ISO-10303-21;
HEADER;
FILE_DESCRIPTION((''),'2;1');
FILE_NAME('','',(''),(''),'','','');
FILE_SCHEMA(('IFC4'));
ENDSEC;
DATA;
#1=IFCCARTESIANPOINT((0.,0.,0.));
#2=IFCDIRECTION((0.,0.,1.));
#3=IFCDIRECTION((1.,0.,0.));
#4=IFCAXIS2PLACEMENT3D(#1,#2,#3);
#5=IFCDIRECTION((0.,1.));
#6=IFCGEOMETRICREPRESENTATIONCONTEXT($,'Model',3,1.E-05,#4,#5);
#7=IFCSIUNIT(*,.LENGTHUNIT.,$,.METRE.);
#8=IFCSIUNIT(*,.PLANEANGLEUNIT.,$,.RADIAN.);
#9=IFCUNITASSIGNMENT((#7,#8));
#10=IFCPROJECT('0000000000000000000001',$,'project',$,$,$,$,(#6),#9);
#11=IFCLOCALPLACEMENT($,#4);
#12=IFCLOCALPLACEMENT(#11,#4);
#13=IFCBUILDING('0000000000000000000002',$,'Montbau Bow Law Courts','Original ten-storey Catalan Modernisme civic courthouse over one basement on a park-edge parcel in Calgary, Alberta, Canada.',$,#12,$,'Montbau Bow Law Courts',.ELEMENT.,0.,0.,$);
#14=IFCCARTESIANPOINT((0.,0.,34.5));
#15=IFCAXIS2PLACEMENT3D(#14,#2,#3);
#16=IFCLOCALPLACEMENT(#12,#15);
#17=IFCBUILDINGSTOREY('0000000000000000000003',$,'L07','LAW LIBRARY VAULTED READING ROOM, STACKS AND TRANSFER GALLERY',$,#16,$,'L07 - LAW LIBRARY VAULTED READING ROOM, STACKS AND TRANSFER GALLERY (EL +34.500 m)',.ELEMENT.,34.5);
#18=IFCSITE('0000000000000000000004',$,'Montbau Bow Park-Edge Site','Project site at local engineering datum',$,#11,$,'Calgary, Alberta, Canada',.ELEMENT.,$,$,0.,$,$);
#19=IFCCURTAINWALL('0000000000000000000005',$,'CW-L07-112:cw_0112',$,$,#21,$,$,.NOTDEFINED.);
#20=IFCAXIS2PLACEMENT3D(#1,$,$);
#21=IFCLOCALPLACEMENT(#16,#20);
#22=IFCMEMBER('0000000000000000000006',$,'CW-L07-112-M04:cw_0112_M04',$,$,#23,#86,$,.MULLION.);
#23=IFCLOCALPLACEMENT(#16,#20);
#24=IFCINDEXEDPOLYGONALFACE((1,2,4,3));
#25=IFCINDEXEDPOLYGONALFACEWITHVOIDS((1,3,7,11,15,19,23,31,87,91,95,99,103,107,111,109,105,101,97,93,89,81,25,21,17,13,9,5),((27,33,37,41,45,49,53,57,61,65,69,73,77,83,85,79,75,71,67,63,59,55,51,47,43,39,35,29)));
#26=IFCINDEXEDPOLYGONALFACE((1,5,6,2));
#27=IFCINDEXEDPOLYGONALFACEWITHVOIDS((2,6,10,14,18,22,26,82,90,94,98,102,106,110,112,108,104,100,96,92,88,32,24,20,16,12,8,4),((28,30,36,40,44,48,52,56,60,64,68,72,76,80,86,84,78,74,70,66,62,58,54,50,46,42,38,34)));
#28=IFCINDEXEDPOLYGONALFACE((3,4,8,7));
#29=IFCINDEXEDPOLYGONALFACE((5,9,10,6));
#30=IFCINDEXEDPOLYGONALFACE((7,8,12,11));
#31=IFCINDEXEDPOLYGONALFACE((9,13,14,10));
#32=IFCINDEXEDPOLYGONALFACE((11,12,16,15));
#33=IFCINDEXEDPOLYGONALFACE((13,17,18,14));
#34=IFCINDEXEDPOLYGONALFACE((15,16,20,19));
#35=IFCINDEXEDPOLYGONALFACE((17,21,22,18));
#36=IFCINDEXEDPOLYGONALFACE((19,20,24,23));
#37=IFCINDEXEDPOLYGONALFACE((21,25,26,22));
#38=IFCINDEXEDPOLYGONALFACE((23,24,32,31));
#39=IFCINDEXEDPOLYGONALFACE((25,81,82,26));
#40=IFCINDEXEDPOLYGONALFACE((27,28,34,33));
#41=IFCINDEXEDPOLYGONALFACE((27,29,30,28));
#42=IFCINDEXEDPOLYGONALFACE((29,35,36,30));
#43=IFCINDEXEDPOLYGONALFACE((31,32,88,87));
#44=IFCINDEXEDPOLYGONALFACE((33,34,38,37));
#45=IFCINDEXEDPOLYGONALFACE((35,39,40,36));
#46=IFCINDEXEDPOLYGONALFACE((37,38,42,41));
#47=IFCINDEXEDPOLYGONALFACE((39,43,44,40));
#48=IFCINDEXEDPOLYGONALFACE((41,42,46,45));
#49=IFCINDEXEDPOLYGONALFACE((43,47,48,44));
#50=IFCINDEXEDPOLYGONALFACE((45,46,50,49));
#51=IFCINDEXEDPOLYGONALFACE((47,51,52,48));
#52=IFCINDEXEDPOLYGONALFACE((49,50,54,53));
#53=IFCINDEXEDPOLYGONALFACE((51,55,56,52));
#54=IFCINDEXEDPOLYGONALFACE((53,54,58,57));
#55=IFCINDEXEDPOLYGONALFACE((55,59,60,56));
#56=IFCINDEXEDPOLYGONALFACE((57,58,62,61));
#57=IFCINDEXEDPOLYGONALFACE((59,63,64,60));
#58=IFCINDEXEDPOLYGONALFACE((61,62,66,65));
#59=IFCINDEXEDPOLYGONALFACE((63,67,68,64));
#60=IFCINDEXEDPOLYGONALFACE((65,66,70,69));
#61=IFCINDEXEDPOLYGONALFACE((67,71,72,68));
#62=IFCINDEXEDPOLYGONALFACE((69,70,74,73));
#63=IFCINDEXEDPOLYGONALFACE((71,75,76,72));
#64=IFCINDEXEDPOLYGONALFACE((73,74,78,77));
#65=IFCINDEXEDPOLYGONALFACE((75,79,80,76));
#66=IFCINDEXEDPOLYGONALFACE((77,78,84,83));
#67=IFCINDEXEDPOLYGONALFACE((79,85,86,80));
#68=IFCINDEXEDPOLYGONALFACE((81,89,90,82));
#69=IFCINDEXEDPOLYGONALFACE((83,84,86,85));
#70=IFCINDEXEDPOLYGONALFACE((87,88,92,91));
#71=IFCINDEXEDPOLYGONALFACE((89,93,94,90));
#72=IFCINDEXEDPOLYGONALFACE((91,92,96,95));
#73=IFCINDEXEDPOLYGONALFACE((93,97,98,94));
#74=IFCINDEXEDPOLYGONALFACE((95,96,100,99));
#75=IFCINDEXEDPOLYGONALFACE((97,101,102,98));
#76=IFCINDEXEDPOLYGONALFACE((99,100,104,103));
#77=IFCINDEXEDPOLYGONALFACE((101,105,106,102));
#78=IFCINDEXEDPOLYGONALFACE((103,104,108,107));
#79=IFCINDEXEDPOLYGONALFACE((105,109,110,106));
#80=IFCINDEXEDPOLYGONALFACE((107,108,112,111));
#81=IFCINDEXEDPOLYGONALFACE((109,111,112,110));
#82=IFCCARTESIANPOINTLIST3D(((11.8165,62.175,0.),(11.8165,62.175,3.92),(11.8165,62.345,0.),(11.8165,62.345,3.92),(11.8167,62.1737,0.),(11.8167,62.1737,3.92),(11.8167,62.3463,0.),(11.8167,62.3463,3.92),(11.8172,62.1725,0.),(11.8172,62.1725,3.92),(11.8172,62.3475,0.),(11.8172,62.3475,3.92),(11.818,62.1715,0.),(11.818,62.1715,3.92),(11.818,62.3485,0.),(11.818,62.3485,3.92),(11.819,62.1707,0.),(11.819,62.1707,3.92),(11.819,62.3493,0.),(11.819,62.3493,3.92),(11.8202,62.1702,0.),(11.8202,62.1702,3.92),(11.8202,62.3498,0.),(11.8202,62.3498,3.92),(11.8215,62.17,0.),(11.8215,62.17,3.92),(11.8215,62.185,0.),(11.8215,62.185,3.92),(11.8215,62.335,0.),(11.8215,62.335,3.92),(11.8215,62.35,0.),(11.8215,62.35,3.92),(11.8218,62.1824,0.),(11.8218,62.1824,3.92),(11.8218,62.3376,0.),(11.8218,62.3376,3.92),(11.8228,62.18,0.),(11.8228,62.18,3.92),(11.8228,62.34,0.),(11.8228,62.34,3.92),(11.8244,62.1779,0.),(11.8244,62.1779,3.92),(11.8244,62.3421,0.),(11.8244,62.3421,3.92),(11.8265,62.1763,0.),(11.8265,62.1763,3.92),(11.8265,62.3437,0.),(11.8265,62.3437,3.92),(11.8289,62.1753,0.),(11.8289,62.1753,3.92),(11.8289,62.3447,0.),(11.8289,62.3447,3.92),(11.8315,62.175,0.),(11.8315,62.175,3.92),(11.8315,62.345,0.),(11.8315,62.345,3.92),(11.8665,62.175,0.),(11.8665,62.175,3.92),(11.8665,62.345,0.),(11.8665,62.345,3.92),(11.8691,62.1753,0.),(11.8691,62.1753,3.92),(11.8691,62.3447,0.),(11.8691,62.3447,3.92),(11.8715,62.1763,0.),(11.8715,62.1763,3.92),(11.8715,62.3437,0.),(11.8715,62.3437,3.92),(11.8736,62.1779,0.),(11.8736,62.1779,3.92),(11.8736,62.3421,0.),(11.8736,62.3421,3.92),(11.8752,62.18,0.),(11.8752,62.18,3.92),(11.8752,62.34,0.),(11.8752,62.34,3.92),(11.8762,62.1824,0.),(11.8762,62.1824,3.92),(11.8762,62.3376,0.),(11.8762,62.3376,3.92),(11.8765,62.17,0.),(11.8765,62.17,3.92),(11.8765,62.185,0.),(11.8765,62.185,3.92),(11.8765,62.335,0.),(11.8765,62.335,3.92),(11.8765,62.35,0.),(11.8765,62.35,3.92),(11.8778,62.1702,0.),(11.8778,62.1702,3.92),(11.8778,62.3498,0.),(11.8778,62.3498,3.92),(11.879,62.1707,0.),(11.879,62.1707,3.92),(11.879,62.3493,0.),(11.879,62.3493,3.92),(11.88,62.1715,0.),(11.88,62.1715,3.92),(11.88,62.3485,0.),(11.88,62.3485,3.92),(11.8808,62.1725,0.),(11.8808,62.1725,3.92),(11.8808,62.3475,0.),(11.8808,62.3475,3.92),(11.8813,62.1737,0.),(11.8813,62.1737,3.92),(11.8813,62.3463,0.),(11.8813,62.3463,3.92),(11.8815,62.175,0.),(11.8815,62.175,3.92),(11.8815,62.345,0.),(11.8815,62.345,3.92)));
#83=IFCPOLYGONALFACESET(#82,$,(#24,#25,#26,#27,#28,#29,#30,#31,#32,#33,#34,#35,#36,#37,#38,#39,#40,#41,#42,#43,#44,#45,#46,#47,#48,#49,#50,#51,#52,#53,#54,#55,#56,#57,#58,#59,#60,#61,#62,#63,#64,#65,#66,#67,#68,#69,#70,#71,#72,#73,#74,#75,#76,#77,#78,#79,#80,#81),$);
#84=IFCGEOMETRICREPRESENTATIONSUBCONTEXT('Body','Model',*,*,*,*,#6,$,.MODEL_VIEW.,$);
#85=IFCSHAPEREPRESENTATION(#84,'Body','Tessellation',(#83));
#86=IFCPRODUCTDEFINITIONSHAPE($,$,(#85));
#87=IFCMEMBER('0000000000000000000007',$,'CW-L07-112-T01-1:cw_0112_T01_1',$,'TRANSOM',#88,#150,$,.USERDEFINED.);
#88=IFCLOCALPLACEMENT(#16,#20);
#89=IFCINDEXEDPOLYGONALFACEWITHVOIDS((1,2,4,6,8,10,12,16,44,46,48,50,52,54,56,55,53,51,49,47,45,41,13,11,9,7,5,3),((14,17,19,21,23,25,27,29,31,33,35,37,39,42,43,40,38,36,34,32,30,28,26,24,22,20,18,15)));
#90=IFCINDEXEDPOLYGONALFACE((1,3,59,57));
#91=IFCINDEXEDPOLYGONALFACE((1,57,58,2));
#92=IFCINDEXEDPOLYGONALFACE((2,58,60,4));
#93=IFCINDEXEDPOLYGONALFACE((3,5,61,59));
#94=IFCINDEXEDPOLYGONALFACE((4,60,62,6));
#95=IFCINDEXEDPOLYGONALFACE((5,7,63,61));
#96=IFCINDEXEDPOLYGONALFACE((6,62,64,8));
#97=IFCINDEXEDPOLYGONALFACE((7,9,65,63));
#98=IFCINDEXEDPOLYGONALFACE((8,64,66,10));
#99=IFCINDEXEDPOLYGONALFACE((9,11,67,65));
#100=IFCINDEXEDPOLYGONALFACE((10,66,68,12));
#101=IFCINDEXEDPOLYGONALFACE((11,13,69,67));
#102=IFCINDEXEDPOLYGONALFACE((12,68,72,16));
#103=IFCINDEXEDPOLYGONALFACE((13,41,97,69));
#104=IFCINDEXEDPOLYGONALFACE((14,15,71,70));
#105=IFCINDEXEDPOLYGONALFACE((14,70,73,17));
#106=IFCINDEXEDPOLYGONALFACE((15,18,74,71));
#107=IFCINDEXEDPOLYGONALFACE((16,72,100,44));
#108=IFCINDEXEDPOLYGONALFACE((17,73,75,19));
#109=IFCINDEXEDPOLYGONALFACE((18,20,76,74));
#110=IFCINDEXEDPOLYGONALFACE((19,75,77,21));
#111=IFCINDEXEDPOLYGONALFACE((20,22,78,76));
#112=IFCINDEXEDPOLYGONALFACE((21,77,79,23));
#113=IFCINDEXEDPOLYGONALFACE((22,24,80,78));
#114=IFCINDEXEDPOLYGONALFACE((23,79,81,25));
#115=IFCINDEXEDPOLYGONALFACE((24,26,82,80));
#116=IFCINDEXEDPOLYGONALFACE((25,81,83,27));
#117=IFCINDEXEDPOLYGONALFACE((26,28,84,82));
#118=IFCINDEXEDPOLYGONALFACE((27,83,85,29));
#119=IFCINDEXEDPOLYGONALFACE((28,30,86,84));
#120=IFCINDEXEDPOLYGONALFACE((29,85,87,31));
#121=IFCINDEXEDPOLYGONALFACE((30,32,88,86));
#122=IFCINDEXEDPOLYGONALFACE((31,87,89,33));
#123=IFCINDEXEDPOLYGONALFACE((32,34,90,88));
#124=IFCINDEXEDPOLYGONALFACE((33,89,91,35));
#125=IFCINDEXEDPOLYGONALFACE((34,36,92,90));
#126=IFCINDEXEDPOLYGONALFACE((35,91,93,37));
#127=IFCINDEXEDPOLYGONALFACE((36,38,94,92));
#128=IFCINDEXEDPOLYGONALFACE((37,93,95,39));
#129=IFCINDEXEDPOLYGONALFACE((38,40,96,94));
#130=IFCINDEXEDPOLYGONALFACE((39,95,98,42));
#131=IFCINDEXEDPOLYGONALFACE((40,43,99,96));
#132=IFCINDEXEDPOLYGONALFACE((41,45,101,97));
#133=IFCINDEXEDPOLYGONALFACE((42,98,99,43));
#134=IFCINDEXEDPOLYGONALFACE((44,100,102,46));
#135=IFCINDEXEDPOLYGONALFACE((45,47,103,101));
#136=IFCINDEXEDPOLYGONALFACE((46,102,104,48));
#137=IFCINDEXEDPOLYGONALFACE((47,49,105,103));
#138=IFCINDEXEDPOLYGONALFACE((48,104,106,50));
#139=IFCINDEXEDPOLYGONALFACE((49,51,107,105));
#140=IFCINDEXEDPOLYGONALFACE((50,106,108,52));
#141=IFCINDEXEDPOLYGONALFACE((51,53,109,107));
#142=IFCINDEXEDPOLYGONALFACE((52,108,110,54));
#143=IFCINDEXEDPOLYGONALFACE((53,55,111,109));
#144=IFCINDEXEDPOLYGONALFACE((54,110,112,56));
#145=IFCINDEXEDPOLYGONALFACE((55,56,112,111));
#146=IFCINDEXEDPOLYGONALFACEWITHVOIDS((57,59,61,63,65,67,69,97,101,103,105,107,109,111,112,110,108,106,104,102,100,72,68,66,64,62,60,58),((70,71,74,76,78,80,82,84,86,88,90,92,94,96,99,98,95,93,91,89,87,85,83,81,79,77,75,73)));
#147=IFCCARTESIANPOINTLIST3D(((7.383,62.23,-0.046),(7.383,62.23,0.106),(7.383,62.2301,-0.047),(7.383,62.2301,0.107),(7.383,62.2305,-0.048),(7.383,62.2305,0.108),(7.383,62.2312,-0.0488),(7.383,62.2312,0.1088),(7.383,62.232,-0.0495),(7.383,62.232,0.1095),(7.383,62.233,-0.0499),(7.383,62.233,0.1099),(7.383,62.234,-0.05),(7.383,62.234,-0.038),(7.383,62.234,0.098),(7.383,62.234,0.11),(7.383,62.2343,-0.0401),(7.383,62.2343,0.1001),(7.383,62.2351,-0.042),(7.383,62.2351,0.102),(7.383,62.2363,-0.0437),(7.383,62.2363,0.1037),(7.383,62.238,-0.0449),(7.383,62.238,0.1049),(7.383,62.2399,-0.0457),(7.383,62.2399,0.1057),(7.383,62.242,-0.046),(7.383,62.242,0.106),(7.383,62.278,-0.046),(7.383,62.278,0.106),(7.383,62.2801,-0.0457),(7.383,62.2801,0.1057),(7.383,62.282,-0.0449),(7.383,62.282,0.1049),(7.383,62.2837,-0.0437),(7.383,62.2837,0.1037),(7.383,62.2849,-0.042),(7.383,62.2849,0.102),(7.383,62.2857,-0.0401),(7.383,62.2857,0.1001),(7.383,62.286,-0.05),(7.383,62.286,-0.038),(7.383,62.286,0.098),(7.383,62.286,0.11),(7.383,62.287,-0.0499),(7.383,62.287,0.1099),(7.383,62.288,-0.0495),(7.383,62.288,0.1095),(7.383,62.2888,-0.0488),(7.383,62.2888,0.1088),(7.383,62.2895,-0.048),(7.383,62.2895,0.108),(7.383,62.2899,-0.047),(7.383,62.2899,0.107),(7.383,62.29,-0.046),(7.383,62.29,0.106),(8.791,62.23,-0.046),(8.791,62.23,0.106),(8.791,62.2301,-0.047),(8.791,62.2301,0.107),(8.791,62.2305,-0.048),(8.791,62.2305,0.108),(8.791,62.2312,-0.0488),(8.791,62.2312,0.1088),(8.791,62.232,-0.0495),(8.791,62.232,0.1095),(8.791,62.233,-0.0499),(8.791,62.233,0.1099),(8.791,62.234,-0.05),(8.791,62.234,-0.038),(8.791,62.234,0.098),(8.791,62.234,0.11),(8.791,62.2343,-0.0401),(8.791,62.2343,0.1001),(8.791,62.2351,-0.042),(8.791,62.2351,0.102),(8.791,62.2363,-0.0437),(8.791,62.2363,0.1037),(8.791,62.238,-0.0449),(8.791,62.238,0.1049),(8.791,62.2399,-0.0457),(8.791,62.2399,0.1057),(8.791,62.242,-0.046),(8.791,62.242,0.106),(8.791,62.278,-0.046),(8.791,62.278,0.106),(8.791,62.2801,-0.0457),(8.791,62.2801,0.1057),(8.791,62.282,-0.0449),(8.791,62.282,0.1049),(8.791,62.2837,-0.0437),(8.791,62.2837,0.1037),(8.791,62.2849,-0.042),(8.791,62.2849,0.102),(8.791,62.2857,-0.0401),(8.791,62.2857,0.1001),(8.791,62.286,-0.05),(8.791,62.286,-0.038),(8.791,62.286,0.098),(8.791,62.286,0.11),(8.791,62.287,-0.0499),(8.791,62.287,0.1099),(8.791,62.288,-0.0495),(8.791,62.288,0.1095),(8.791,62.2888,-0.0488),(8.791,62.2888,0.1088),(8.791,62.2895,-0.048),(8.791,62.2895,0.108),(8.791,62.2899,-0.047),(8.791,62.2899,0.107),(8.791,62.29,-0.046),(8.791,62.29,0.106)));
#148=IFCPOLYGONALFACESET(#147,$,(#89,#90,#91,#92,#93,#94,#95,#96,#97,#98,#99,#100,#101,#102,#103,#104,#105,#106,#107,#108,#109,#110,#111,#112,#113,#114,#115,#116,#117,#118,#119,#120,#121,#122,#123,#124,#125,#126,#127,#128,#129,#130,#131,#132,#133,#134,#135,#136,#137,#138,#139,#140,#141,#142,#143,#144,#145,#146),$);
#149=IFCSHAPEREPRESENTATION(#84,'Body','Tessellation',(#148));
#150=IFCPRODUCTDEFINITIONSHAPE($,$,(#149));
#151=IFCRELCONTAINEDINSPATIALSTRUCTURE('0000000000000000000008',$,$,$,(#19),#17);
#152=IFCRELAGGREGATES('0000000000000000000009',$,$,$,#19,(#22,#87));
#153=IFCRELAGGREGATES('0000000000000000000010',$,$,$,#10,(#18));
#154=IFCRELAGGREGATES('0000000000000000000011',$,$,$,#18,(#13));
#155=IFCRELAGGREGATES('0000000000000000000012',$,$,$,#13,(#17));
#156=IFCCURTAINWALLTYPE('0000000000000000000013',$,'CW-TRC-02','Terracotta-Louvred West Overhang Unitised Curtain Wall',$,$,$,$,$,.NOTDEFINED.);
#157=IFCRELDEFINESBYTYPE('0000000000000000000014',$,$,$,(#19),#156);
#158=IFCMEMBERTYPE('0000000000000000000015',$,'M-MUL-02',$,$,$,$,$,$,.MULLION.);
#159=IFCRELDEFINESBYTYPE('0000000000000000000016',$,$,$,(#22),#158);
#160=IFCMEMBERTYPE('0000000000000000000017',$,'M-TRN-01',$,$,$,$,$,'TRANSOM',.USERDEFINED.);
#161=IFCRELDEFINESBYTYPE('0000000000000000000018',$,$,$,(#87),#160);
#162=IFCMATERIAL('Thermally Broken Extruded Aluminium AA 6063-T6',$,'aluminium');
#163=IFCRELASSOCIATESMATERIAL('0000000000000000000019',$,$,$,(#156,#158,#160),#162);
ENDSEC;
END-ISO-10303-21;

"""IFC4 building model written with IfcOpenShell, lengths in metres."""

from ifc_helpers import new_model, si_unit, direction, frame, origin_with_axes, origin_2d_with_axis, place, context, subcontext, project, spatial, hollow_rectangle, extrude, material, material_profile, profile_set, type_object, element, aggregate, save


model = new_model("IFC4")

# Units and contexts
model_context = context("Model", 3, precision=1e-05, world=origin_with_axes(), true_north=direction((0.0, 1.0)))
body_context = subcontext(model_context, "Body", "Model", "MODEL_VIEW")
ifc_project = project(units=[si_unit("LENGTHUNIT", "METRE"), si_unit("PLANEANGLEUNIT", "RADIAN")], contexts=[model_context])

# Site, building, storey
site_placement = place(None, origin_with_axes())
site = spatial("IfcSite", under=ifc_project, at=site_placement, Name="Montbau Bow Park-Edge Site", Description="Project site at local engineering datum", LongName="Calgary, Alberta, Canada", CompositionType="ELEMENT", RefElevation=0.0)
building_placement = place(site_placement, origin_with_axes())
building = spatial("IfcBuilding", under=site, at=building_placement, Name="Montbau Bow Law Courts", Description="Original ten-storey Catalan Modernisme civic courthouse over one basement on a park-edge parcel in Calgary, Alberta, Canada.", LongName="Montbau Bow Law Courts", CompositionType="ELEMENT", ElevationOfRefHeight=0.0, ElevationOfTerrain=0.0)
storey_placement = place(building_placement, frame((0.0, 0.0, 34.5), z_axis=(0.0, 0.0, 1.0), x_axis=(1.0, 0.0, 0.0)))
storey = spatial("IfcBuildingStorey", under=building, at=storey_placement, Name="L07", Description="LAW LIBRARY VAULTED READING ROOM, STACKS AND TRANSFER GALLERY", LongName="L07 - LAW LIBRARY VAULTED READING ROOM, STACKS AND TRANSFER GALLERY (EL +34.500 m)", CompositionType="ELEMENT", Elevation=34.5)

# Curtain wall, members
ifc_material_1 = material(Name="Thermally Broken Extruded Aluminium AA 6063-T6", Category="aluminium")
curtain_wall_type = type_object("IfcCurtainWallType", Name="CW-TRC-02", Description="Terracotta-Louvred West Overhang Unitised Curtain Wall", PredefinedType="NOTDEFINED", material=ifc_material_1)
curtain_wall_placement = place(None, frame((7.315, 62.26, 34.5), z_axis=(0.0, 0.0, 1.0), x_axis=(1.0, 0.0, 0.0)))
curtain_wall = element("IfcCurtainWall", 1, at=curtain_wall_placement, inside=storey, type_object=curtain_wall_type, Name="CW-L07-112:cw_0112", PredefinedType="NOTDEFINED")
ifc_material_profile_1 = material_profile(ifc_material_1, hollow_rectangle(XDim=0.065, YDim=0.18, WallThickness=0.005, InnerFilletRadius=0.01, OuterFilletRadius=0.005, at=origin_2d_with_axis()), Name="CWM-180X65", Category="Main", Priority=0)
ifc_profile_set_1 = profile_set([ifc_material_profile_1], Name="Thermally Broken Extruded Aluminium AA 6063-T6")
member_type_1 = type_object("IfcMemberType", Name="M-MUL-02", PredefinedType="MULLION", material=ifc_profile_set_1)
member_1_placement = place(None, frame((11.849, 62.26, 34.5), z_axis=(0.0, 0.0, 1.0), x_axis=(1.0, 0.0, 0.0)))
member_1 = element("IfcMember", 2, at=member_1_placement, type_object=member_type_1, Name="CW-L07-112-M04:cw_0112_M04", PredefinedType="MULLION", context=body_context, shape_type="SweptSolid", body=[
    extrude(hollow_rectangle(XDim=0.065, YDim=0.18, WallThickness=0.005, InnerFilletRadius=0.01, OuterFilletRadius=0.005, at=origin_2d_with_axis()), origin_with_axes(), (0.0, 0.0, 1.0), 3.92),
])
ifc_material_profile_2 = material_profile(ifc_material_1, hollow_rectangle(XDim=0.06, YDim=0.16, WallThickness=0.004, InnerFilletRadius=0.008, OuterFilletRadius=0.004, at=origin_2d_with_axis()), Name="CWT-160X60", Category="Main", Priority=0)
ifc_profile_set_2 = profile_set([ifc_material_profile_2], Name="Thermally Broken Extruded Aluminium AA 6063-T6")
member_type_2 = type_object("IfcMemberType", Name="M-TRN-01", ElementType="TRANSOM", PredefinedType="USERDEFINED", material=ifc_profile_set_2)
member_2_placement = place(None, frame((7.383, 62.26, 34.53), z_axis=(1.0, 0.0, 0.0), x_axis=(0.0, 1.0, 0.0)))
member_2 = element("IfcMember", 3, at=member_2_placement, type_object=member_type_2, Name="CW-L07-112-T01-1:cw_0112_T01_1", ObjectType="TRANSOM", PredefinedType="USERDEFINED", context=body_context, shape_type="SweptSolid", body=[
    extrude(hollow_rectangle(XDim=0.06, YDim=0.16, WallThickness=0.004, InnerFilletRadius=0.008, OuterFilletRadius=0.004, at=origin_2d_with_axis()), origin_with_axes(), (0.0, 0.0, 1.0), 1.408),
])
aggregate(curtain_wall, [member_1, member_2])

save(model, "model.ifc")
